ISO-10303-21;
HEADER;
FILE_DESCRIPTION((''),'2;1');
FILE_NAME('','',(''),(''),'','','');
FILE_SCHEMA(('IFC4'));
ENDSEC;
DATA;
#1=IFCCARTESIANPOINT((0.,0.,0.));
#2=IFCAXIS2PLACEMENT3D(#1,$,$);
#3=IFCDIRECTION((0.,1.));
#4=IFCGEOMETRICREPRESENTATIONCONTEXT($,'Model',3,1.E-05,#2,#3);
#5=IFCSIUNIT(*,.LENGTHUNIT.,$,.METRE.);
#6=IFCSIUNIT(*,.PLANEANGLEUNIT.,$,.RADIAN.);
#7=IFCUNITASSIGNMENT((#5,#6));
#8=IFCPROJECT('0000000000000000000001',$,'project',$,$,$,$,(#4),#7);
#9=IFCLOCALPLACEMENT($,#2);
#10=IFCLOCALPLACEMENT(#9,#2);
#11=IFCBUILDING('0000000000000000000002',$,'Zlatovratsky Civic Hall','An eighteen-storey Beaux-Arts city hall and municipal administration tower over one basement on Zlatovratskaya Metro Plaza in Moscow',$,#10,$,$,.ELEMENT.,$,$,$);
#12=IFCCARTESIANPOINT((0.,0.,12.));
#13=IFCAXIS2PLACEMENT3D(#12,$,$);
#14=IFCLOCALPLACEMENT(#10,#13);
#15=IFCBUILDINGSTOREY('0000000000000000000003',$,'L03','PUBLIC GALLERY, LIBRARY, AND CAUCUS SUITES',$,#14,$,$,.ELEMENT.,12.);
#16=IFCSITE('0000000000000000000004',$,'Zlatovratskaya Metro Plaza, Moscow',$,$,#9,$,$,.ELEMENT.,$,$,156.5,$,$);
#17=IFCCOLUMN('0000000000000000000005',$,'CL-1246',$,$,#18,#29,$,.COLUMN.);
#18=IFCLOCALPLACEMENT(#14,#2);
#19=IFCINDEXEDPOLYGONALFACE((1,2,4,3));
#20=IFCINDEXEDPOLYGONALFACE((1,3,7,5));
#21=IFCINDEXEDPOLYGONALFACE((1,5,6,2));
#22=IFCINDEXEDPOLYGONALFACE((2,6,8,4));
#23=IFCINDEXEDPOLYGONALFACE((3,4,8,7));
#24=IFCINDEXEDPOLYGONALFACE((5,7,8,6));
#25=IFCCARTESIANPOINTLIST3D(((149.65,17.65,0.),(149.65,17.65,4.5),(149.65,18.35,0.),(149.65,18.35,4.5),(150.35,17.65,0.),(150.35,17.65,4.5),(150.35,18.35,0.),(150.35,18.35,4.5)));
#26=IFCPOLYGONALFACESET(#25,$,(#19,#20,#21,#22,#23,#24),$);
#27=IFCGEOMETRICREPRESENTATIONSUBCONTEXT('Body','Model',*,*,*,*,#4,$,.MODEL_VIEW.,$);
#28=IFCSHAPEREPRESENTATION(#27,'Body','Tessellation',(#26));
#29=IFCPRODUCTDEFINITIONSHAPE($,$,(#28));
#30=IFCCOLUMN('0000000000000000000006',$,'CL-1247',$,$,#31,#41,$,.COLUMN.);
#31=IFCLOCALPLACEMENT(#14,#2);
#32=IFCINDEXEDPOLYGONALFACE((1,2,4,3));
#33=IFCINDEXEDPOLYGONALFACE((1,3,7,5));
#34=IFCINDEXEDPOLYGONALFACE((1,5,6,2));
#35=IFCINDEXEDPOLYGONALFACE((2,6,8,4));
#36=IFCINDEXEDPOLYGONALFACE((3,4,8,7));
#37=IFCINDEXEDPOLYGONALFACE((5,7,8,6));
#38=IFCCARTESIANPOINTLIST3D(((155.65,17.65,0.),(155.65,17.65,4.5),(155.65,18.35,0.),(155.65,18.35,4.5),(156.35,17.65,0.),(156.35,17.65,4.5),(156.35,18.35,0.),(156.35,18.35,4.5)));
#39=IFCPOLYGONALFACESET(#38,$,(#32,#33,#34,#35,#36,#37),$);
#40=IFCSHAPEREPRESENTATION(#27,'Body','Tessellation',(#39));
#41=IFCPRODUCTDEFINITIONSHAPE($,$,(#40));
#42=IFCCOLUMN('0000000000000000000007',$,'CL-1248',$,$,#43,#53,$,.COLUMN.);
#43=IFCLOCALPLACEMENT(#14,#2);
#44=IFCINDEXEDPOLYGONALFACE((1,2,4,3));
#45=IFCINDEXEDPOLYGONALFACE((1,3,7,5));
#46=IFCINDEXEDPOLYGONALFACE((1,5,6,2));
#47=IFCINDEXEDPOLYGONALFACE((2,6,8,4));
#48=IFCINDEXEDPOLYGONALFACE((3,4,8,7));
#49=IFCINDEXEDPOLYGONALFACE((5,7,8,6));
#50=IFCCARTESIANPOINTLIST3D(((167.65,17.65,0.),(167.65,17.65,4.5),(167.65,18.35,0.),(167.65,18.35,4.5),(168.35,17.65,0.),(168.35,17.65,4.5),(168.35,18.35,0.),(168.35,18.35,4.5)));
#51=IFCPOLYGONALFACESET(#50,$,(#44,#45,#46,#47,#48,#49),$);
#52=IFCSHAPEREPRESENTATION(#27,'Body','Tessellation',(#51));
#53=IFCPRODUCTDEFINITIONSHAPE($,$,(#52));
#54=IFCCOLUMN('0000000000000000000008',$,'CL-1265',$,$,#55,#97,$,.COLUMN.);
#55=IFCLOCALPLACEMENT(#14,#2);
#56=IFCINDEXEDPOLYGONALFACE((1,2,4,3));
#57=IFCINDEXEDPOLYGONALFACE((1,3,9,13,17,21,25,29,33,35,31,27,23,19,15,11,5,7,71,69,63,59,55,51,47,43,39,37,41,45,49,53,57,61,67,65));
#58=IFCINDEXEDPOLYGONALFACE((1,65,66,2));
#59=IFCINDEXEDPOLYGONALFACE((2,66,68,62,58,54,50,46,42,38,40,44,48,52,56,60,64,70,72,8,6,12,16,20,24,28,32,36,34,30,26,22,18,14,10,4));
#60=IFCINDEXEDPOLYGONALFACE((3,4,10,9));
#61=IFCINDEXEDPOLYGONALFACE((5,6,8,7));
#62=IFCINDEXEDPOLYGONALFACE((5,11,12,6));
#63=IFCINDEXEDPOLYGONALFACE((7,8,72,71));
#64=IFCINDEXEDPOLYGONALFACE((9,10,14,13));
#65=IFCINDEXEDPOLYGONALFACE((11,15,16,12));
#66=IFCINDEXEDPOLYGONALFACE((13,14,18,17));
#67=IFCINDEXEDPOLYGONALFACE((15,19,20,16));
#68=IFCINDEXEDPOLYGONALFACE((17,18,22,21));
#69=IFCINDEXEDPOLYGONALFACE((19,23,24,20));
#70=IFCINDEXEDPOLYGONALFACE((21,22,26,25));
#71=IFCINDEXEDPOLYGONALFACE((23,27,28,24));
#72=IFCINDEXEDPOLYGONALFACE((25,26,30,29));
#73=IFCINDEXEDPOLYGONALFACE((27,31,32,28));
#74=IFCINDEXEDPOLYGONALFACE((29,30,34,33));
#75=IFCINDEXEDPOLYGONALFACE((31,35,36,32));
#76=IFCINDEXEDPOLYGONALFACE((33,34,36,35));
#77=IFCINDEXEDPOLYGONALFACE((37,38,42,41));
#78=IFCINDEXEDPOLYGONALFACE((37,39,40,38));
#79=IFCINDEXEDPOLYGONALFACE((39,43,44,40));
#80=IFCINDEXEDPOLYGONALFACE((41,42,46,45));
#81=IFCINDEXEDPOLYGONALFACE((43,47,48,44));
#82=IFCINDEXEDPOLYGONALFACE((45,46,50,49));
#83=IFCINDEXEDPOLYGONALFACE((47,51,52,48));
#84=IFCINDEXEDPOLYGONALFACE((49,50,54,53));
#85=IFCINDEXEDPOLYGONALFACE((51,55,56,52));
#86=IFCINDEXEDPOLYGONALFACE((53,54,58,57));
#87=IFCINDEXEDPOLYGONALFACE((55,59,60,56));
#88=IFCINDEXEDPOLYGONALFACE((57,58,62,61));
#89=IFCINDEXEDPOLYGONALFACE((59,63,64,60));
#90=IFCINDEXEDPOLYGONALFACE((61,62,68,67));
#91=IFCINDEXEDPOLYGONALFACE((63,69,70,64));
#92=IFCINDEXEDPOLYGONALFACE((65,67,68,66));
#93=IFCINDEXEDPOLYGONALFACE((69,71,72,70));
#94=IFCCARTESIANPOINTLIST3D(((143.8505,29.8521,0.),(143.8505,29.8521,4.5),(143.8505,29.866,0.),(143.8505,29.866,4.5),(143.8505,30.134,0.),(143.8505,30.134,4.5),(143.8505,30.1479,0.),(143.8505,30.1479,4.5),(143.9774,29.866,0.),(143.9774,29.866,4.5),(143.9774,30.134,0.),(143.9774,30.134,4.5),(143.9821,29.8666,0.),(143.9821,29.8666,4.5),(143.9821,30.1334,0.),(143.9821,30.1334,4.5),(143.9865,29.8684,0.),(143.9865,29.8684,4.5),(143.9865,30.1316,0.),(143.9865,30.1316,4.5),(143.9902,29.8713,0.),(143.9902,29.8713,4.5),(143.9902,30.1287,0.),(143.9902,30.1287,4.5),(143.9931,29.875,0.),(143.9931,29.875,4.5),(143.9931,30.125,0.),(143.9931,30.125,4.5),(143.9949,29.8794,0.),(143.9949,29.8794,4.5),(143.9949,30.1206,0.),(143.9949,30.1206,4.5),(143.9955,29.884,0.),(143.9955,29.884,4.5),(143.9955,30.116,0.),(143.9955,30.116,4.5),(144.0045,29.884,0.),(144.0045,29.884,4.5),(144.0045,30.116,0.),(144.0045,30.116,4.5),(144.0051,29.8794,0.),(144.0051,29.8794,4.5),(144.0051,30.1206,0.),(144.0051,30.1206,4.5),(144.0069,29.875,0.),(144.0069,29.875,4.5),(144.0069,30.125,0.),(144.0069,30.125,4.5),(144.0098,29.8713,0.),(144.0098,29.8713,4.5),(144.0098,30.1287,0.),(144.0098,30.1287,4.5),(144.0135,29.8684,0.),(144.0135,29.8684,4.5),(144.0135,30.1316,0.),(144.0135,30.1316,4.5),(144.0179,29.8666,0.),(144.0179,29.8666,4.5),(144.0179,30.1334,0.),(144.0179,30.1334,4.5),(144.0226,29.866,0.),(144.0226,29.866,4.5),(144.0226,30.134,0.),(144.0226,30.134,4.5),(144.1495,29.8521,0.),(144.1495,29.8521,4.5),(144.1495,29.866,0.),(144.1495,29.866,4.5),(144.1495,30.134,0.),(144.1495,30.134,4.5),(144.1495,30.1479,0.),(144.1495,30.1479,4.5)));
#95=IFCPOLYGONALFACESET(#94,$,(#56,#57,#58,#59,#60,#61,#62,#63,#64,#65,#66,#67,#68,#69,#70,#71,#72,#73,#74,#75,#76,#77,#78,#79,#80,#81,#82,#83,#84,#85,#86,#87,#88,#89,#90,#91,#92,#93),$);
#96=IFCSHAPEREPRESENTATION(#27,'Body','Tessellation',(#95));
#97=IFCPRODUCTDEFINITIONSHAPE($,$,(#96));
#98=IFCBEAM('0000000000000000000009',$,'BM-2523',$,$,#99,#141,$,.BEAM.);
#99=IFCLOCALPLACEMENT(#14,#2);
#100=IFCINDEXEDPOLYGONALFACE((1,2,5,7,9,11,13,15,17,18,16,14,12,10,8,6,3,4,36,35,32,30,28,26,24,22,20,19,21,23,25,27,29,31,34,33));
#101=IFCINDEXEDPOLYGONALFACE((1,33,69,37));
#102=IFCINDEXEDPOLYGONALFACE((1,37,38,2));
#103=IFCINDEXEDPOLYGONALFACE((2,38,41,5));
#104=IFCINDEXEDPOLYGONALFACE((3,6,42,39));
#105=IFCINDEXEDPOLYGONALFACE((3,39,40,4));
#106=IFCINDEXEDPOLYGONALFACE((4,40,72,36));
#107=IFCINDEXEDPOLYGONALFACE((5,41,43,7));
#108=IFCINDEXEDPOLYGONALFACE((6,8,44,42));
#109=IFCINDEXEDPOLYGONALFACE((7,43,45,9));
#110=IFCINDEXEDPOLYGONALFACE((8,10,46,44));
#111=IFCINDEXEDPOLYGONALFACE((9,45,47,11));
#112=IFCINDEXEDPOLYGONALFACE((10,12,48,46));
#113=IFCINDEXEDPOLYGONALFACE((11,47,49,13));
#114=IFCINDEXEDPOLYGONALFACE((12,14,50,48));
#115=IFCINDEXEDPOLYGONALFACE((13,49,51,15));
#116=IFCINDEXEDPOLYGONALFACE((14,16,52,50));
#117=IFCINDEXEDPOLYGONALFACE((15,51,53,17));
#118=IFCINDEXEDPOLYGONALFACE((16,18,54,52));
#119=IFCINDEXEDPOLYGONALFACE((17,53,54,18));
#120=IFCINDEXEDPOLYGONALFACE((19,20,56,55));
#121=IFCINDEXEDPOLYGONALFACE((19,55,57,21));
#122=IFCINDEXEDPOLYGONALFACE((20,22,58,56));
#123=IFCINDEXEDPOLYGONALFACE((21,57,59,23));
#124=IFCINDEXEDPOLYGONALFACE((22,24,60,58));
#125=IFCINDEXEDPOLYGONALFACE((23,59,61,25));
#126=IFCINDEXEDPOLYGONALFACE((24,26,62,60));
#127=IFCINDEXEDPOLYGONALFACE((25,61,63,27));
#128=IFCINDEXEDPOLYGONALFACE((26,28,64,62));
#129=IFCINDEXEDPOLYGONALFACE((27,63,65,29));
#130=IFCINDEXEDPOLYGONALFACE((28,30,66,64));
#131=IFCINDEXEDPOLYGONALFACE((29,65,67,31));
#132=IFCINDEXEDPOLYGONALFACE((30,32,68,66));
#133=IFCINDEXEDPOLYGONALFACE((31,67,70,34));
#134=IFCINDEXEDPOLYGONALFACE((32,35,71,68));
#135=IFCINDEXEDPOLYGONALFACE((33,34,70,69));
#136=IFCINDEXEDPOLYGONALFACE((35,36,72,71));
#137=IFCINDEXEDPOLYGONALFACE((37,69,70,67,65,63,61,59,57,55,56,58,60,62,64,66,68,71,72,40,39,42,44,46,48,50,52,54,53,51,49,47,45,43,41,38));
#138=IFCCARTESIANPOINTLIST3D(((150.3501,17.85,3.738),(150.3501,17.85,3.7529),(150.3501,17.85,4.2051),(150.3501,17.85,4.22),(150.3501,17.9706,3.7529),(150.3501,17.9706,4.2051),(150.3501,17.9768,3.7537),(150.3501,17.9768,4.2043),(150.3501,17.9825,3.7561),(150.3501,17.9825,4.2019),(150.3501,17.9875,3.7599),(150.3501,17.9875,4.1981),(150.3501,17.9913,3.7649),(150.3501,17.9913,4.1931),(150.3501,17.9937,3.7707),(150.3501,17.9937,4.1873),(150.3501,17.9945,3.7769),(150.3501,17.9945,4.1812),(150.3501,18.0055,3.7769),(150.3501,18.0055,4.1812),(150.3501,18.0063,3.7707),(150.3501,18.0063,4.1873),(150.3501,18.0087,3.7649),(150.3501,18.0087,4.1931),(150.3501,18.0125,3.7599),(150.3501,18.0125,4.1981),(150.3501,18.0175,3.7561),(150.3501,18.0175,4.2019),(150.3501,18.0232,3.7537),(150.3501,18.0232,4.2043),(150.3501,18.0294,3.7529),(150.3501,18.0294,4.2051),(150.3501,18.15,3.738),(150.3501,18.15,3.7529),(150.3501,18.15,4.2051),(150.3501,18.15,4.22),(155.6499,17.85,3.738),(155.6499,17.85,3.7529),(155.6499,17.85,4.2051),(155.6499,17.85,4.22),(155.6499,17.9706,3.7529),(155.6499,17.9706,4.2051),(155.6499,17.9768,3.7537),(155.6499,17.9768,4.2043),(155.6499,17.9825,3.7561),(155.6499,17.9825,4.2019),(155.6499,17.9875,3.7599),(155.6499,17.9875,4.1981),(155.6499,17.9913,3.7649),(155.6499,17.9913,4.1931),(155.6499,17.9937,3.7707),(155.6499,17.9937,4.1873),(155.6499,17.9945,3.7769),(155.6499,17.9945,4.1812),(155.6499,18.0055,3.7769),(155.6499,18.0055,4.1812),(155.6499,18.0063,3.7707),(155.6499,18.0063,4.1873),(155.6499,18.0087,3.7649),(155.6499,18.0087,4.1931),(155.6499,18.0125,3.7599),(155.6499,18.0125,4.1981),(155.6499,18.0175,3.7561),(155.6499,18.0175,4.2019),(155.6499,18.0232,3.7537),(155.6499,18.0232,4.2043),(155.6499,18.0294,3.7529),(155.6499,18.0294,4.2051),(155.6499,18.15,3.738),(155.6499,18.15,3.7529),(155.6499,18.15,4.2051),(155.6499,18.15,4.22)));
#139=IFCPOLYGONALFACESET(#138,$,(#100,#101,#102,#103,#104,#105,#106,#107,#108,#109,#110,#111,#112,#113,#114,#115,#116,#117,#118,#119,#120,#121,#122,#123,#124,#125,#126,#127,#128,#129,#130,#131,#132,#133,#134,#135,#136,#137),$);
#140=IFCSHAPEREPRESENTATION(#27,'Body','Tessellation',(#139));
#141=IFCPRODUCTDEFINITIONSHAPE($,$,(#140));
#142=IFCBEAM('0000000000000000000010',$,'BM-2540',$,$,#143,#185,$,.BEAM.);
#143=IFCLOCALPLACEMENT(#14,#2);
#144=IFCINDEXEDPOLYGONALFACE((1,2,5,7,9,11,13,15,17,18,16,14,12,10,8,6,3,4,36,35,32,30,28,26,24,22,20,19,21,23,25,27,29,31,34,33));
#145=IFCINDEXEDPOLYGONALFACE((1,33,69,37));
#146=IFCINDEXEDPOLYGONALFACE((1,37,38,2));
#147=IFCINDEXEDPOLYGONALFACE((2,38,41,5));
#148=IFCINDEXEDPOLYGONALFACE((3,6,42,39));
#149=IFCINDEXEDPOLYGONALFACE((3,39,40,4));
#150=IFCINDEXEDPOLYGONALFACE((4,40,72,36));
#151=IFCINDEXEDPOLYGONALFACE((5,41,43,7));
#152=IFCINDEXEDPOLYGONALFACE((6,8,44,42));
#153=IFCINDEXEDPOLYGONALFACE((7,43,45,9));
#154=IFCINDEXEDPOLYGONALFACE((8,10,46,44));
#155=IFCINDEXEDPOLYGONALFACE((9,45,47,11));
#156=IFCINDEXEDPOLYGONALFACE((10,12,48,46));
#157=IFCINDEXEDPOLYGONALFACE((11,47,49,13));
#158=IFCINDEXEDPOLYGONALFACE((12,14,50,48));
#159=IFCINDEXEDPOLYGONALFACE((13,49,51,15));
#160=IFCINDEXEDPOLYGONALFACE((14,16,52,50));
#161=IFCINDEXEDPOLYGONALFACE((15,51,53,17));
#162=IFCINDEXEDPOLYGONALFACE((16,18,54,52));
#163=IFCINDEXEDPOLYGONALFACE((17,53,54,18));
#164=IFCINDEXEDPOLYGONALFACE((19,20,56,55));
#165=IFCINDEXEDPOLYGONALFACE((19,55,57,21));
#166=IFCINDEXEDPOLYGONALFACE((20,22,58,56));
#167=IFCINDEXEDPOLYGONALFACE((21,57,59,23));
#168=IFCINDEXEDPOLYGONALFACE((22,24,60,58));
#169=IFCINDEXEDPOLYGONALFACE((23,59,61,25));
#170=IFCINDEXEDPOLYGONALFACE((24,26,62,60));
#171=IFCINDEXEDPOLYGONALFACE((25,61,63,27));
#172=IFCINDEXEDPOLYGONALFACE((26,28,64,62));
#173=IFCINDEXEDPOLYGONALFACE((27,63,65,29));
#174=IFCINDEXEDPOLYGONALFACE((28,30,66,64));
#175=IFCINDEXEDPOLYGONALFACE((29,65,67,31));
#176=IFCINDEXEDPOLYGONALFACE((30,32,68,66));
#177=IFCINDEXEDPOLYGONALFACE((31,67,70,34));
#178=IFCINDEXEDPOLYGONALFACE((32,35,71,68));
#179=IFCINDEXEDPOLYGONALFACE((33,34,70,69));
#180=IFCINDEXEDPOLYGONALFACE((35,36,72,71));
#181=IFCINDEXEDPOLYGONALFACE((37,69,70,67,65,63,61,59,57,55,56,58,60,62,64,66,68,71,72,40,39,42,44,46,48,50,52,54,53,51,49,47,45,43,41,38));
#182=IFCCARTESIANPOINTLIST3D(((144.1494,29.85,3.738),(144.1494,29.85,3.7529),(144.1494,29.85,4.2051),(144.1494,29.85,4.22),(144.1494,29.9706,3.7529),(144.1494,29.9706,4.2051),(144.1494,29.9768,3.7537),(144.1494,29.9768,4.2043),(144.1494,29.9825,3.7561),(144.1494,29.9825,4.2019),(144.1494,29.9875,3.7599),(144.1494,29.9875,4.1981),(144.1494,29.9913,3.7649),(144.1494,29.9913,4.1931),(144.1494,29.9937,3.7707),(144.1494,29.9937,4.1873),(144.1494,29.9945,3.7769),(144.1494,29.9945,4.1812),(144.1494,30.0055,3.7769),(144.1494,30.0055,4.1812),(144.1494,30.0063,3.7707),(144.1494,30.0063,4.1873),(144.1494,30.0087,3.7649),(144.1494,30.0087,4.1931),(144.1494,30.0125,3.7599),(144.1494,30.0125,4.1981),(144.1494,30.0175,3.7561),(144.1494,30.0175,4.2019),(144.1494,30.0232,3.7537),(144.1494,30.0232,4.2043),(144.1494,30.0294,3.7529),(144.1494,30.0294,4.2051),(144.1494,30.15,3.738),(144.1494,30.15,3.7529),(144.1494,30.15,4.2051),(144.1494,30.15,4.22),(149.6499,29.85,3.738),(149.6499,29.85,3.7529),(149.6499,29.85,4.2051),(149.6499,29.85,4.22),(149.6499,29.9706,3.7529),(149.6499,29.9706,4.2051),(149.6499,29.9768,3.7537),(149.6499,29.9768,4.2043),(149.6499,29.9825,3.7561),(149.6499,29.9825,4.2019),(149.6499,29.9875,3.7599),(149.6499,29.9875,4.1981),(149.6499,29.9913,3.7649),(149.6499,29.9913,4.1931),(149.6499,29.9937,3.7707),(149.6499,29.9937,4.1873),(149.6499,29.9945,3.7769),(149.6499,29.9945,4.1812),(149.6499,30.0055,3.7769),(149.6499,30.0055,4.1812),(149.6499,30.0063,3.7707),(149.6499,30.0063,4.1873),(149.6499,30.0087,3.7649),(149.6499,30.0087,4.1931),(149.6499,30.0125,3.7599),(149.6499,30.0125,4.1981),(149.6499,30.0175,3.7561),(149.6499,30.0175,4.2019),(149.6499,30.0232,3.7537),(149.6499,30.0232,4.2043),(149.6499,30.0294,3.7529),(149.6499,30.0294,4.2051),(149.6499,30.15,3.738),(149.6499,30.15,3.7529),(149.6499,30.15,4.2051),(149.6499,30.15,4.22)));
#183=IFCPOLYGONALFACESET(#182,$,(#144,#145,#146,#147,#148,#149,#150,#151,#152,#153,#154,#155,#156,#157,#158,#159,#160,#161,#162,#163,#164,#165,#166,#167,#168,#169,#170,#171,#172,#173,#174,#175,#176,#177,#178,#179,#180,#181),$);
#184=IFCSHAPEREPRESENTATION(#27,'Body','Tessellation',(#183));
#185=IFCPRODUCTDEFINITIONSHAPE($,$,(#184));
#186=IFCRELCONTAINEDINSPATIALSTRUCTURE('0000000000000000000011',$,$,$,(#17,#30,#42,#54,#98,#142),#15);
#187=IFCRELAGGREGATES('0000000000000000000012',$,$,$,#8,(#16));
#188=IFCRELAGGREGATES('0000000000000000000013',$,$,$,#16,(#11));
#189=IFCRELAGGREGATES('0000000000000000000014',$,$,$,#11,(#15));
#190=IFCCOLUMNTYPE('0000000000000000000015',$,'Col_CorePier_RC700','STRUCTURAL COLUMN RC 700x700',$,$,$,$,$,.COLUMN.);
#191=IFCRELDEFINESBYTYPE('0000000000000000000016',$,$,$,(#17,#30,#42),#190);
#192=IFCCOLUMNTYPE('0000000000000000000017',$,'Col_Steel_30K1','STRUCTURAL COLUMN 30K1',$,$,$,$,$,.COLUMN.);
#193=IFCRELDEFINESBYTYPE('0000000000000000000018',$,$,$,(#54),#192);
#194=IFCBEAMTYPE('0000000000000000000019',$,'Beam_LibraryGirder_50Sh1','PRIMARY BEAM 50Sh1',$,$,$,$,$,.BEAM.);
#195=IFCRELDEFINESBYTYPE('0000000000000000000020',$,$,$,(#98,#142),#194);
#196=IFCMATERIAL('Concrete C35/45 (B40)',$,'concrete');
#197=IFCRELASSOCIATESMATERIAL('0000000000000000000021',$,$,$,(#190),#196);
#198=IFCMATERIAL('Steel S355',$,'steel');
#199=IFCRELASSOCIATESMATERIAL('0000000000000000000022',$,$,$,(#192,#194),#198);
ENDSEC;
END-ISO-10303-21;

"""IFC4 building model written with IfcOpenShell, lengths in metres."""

from ifc_helpers import new_model, si_unit, direction, frame, origin, origin_2d, place, context, subcontext, project, spatial, rectangle, i_section, extrude, material, material_profile, profile_set, type_object, element, save


model = new_model("IFC4")

# Units and contexts
model_context = context("Model", 3, precision=1e-05, world=origin(), true_north=direction((0.0, 1.0)))
body_context = subcontext(model_context, "Body", "Model", "MODEL_VIEW")
ifc_project = project(units=[si_unit("LENGTHUNIT", "METRE"), si_unit("PLANEANGLEUNIT", "RADIAN")], contexts=[model_context])

# Site, building, storey
site_placement = place(None, origin())
site = spatial("IfcSite", under=ifc_project, at=site_placement, Name="Zlatovratskaya Metro Plaza, Moscow", CompositionType="ELEMENT", RefElevation=156.5)
building_placement = place(site_placement, origin())
building = spatial("IfcBuilding", under=site, at=building_placement, Name="Zlatovratsky Civic Hall", Description="An eighteen-storey Beaux-Arts city hall and municipal administration tower over one basement on Zlatovratskaya Metro Plaza in Moscow", CompositionType="ELEMENT")
storey_placement = place(building_placement, frame((0.0, 0.0, 12.0)))
storey = spatial("IfcBuildingStorey", under=building, at=storey_placement, Name="L03", Description="PUBLIC GALLERY, LIBRARY, AND CAUCUS SUITES", CompositionType="ELEMENT", Elevation=12.0)

# Columns
ifc_material_1 = material(Name="Concrete C35/45 (B40)", Category="concrete")
ifc_material_profile_1 = material_profile(ifc_material_1, rectangle(XDim=0.7, YDim=0.7, at=origin_2d()), Name="RC 700x700")
ifc_profile_set_1 = profile_set([ifc_material_profile_1], Name="Concrete C35/45 (B40)")
column_type_1 = type_object("IfcColumnType", Name="Col_CorePier_RC700", Description="STRUCTURAL COLUMN RC 700x700", PredefinedType="COLUMN", material=ifc_profile_set_1)
for number, where, z_axis, x_axis, name in (
    (1, (150.0, 18.0, 0.0), (0.0, 0.0, 1.0), (1.0, 0.0, 0.0), "CL-1246"),
    (2, (156.0, 18.0, 0.0), (0.0, 0.0, 1.0), (1.0, 0.0, 0.0), "CL-1247"),
    (3, (168.0, 18.0, 0.0), (0.0, 0.0, 1.0), (1.0, 0.0, 0.0), "CL-1248"),
):
    element("IfcColumn", number, at=place(storey_placement, frame(where, z_axis=z_axis, x_axis=x_axis)), inside=storey, type_object=column_type_1, Name=name, PredefinedType="COLUMN", context=body_context, shape_type="SweptSolid", body=[
        extrude(rectangle(XDim=0.7, YDim=0.7, at=origin_2d()), origin(), (0.0, 0.0, 1.0), 4.5),
    ])
ifc_material_2 = material(Name="Steel S355", Category="steel")
ifc_material_profile_2 = material_profile(ifc_material_2, i_section(OverallWidth=0.2991, OverallDepth=0.2959, WebThickness=0.009, FlangeThickness=0.0139, FilletRadius=0.0181, at=origin_2d()), Name="30K1")
ifc_profile_set_2 = profile_set([ifc_material_profile_2], Name="Steel S355")
column_type_2 = type_object("IfcColumnType", Name="Col_Steel_30K1", Description="STRUCTURAL COLUMN 30K1", PredefinedType="COLUMN", material=ifc_profile_set_2)
column_placement = place(storey_placement, frame((144.0, 30.0, 0.0), z_axis=(0.0, 0.0, 1.0), x_axis=(1.0, 0.0, 0.0)))
element("IfcColumn", 4, at=column_placement, inside=storey, type_object=column_type_2, Name="CL-1265", PredefinedType="COLUMN", context=body_context, shape_type="SweptSolid", body=[
    extrude(i_section(OverallWidth=0.2991, OverallDepth=0.2959, WebThickness=0.009, FlangeThickness=0.0139, FilletRadius=0.0181, at=origin_2d()), origin(), (0.0, 0.0, 1.0), 4.5),
])

# Beams
ifc_material_profile_3 = material_profile(ifc_material_2, i_section(OverallWidth=0.3, OverallDepth=0.4819, WebThickness=0.011, FlangeThickness=0.0149, FilletRadius=0.0239, at=origin_2d()), Name="50Sh1")
ifc_profile_set_3 = profile_set([ifc_material_profile_3], Name="Steel S355")
beam_type_1 = type_object("IfcBeamType", Name="Beam_LibraryGirder_50Sh1", Description="PRIMARY BEAM 50Sh1", PredefinedType="BEAM", material=ifc_profile_set_3)
beam_1_placement = place(storey_placement, frame((150.3501, 18.0, 3.979), z_axis=(1.0, 0.0, 0.0), x_axis=(0.0, 1.0, 0.0)))
element("IfcBeam", 5, at=beam_1_placement, inside=storey, type_object=beam_type_1, Name="BM-2523", PredefinedType="BEAM", context=body_context, shape_type="SweptSolid", body=[
    extrude(i_section(OverallWidth=0.3, OverallDepth=0.4819, WebThickness=0.011, FlangeThickness=0.0149, FilletRadius=0.0239, at=origin_2d()), origin(), (0.0, 0.0, 1.0), 5.2998),
])
beam_2_placement = place(storey_placement, frame((144.1494, 30.0, 3.979), z_axis=(1.0, 0.0, 0.0), x_axis=(0.0, 1.0, 0.0)))
element("IfcBeam", 6, at=beam_2_placement, inside=storey, type_object=beam_type_1, Name="BM-2540", PredefinedType="BEAM", context=body_context, shape_type="SweptSolid", body=[
    extrude(i_section(OverallWidth=0.3, OverallDepth=0.4819, WebThickness=0.011, FlangeThickness=0.0149, FilletRadius=0.0239, at=origin_2d()), origin(), (0.0, 0.0, 1.0), 5.5005),
])

save(model, "model.ifc")
